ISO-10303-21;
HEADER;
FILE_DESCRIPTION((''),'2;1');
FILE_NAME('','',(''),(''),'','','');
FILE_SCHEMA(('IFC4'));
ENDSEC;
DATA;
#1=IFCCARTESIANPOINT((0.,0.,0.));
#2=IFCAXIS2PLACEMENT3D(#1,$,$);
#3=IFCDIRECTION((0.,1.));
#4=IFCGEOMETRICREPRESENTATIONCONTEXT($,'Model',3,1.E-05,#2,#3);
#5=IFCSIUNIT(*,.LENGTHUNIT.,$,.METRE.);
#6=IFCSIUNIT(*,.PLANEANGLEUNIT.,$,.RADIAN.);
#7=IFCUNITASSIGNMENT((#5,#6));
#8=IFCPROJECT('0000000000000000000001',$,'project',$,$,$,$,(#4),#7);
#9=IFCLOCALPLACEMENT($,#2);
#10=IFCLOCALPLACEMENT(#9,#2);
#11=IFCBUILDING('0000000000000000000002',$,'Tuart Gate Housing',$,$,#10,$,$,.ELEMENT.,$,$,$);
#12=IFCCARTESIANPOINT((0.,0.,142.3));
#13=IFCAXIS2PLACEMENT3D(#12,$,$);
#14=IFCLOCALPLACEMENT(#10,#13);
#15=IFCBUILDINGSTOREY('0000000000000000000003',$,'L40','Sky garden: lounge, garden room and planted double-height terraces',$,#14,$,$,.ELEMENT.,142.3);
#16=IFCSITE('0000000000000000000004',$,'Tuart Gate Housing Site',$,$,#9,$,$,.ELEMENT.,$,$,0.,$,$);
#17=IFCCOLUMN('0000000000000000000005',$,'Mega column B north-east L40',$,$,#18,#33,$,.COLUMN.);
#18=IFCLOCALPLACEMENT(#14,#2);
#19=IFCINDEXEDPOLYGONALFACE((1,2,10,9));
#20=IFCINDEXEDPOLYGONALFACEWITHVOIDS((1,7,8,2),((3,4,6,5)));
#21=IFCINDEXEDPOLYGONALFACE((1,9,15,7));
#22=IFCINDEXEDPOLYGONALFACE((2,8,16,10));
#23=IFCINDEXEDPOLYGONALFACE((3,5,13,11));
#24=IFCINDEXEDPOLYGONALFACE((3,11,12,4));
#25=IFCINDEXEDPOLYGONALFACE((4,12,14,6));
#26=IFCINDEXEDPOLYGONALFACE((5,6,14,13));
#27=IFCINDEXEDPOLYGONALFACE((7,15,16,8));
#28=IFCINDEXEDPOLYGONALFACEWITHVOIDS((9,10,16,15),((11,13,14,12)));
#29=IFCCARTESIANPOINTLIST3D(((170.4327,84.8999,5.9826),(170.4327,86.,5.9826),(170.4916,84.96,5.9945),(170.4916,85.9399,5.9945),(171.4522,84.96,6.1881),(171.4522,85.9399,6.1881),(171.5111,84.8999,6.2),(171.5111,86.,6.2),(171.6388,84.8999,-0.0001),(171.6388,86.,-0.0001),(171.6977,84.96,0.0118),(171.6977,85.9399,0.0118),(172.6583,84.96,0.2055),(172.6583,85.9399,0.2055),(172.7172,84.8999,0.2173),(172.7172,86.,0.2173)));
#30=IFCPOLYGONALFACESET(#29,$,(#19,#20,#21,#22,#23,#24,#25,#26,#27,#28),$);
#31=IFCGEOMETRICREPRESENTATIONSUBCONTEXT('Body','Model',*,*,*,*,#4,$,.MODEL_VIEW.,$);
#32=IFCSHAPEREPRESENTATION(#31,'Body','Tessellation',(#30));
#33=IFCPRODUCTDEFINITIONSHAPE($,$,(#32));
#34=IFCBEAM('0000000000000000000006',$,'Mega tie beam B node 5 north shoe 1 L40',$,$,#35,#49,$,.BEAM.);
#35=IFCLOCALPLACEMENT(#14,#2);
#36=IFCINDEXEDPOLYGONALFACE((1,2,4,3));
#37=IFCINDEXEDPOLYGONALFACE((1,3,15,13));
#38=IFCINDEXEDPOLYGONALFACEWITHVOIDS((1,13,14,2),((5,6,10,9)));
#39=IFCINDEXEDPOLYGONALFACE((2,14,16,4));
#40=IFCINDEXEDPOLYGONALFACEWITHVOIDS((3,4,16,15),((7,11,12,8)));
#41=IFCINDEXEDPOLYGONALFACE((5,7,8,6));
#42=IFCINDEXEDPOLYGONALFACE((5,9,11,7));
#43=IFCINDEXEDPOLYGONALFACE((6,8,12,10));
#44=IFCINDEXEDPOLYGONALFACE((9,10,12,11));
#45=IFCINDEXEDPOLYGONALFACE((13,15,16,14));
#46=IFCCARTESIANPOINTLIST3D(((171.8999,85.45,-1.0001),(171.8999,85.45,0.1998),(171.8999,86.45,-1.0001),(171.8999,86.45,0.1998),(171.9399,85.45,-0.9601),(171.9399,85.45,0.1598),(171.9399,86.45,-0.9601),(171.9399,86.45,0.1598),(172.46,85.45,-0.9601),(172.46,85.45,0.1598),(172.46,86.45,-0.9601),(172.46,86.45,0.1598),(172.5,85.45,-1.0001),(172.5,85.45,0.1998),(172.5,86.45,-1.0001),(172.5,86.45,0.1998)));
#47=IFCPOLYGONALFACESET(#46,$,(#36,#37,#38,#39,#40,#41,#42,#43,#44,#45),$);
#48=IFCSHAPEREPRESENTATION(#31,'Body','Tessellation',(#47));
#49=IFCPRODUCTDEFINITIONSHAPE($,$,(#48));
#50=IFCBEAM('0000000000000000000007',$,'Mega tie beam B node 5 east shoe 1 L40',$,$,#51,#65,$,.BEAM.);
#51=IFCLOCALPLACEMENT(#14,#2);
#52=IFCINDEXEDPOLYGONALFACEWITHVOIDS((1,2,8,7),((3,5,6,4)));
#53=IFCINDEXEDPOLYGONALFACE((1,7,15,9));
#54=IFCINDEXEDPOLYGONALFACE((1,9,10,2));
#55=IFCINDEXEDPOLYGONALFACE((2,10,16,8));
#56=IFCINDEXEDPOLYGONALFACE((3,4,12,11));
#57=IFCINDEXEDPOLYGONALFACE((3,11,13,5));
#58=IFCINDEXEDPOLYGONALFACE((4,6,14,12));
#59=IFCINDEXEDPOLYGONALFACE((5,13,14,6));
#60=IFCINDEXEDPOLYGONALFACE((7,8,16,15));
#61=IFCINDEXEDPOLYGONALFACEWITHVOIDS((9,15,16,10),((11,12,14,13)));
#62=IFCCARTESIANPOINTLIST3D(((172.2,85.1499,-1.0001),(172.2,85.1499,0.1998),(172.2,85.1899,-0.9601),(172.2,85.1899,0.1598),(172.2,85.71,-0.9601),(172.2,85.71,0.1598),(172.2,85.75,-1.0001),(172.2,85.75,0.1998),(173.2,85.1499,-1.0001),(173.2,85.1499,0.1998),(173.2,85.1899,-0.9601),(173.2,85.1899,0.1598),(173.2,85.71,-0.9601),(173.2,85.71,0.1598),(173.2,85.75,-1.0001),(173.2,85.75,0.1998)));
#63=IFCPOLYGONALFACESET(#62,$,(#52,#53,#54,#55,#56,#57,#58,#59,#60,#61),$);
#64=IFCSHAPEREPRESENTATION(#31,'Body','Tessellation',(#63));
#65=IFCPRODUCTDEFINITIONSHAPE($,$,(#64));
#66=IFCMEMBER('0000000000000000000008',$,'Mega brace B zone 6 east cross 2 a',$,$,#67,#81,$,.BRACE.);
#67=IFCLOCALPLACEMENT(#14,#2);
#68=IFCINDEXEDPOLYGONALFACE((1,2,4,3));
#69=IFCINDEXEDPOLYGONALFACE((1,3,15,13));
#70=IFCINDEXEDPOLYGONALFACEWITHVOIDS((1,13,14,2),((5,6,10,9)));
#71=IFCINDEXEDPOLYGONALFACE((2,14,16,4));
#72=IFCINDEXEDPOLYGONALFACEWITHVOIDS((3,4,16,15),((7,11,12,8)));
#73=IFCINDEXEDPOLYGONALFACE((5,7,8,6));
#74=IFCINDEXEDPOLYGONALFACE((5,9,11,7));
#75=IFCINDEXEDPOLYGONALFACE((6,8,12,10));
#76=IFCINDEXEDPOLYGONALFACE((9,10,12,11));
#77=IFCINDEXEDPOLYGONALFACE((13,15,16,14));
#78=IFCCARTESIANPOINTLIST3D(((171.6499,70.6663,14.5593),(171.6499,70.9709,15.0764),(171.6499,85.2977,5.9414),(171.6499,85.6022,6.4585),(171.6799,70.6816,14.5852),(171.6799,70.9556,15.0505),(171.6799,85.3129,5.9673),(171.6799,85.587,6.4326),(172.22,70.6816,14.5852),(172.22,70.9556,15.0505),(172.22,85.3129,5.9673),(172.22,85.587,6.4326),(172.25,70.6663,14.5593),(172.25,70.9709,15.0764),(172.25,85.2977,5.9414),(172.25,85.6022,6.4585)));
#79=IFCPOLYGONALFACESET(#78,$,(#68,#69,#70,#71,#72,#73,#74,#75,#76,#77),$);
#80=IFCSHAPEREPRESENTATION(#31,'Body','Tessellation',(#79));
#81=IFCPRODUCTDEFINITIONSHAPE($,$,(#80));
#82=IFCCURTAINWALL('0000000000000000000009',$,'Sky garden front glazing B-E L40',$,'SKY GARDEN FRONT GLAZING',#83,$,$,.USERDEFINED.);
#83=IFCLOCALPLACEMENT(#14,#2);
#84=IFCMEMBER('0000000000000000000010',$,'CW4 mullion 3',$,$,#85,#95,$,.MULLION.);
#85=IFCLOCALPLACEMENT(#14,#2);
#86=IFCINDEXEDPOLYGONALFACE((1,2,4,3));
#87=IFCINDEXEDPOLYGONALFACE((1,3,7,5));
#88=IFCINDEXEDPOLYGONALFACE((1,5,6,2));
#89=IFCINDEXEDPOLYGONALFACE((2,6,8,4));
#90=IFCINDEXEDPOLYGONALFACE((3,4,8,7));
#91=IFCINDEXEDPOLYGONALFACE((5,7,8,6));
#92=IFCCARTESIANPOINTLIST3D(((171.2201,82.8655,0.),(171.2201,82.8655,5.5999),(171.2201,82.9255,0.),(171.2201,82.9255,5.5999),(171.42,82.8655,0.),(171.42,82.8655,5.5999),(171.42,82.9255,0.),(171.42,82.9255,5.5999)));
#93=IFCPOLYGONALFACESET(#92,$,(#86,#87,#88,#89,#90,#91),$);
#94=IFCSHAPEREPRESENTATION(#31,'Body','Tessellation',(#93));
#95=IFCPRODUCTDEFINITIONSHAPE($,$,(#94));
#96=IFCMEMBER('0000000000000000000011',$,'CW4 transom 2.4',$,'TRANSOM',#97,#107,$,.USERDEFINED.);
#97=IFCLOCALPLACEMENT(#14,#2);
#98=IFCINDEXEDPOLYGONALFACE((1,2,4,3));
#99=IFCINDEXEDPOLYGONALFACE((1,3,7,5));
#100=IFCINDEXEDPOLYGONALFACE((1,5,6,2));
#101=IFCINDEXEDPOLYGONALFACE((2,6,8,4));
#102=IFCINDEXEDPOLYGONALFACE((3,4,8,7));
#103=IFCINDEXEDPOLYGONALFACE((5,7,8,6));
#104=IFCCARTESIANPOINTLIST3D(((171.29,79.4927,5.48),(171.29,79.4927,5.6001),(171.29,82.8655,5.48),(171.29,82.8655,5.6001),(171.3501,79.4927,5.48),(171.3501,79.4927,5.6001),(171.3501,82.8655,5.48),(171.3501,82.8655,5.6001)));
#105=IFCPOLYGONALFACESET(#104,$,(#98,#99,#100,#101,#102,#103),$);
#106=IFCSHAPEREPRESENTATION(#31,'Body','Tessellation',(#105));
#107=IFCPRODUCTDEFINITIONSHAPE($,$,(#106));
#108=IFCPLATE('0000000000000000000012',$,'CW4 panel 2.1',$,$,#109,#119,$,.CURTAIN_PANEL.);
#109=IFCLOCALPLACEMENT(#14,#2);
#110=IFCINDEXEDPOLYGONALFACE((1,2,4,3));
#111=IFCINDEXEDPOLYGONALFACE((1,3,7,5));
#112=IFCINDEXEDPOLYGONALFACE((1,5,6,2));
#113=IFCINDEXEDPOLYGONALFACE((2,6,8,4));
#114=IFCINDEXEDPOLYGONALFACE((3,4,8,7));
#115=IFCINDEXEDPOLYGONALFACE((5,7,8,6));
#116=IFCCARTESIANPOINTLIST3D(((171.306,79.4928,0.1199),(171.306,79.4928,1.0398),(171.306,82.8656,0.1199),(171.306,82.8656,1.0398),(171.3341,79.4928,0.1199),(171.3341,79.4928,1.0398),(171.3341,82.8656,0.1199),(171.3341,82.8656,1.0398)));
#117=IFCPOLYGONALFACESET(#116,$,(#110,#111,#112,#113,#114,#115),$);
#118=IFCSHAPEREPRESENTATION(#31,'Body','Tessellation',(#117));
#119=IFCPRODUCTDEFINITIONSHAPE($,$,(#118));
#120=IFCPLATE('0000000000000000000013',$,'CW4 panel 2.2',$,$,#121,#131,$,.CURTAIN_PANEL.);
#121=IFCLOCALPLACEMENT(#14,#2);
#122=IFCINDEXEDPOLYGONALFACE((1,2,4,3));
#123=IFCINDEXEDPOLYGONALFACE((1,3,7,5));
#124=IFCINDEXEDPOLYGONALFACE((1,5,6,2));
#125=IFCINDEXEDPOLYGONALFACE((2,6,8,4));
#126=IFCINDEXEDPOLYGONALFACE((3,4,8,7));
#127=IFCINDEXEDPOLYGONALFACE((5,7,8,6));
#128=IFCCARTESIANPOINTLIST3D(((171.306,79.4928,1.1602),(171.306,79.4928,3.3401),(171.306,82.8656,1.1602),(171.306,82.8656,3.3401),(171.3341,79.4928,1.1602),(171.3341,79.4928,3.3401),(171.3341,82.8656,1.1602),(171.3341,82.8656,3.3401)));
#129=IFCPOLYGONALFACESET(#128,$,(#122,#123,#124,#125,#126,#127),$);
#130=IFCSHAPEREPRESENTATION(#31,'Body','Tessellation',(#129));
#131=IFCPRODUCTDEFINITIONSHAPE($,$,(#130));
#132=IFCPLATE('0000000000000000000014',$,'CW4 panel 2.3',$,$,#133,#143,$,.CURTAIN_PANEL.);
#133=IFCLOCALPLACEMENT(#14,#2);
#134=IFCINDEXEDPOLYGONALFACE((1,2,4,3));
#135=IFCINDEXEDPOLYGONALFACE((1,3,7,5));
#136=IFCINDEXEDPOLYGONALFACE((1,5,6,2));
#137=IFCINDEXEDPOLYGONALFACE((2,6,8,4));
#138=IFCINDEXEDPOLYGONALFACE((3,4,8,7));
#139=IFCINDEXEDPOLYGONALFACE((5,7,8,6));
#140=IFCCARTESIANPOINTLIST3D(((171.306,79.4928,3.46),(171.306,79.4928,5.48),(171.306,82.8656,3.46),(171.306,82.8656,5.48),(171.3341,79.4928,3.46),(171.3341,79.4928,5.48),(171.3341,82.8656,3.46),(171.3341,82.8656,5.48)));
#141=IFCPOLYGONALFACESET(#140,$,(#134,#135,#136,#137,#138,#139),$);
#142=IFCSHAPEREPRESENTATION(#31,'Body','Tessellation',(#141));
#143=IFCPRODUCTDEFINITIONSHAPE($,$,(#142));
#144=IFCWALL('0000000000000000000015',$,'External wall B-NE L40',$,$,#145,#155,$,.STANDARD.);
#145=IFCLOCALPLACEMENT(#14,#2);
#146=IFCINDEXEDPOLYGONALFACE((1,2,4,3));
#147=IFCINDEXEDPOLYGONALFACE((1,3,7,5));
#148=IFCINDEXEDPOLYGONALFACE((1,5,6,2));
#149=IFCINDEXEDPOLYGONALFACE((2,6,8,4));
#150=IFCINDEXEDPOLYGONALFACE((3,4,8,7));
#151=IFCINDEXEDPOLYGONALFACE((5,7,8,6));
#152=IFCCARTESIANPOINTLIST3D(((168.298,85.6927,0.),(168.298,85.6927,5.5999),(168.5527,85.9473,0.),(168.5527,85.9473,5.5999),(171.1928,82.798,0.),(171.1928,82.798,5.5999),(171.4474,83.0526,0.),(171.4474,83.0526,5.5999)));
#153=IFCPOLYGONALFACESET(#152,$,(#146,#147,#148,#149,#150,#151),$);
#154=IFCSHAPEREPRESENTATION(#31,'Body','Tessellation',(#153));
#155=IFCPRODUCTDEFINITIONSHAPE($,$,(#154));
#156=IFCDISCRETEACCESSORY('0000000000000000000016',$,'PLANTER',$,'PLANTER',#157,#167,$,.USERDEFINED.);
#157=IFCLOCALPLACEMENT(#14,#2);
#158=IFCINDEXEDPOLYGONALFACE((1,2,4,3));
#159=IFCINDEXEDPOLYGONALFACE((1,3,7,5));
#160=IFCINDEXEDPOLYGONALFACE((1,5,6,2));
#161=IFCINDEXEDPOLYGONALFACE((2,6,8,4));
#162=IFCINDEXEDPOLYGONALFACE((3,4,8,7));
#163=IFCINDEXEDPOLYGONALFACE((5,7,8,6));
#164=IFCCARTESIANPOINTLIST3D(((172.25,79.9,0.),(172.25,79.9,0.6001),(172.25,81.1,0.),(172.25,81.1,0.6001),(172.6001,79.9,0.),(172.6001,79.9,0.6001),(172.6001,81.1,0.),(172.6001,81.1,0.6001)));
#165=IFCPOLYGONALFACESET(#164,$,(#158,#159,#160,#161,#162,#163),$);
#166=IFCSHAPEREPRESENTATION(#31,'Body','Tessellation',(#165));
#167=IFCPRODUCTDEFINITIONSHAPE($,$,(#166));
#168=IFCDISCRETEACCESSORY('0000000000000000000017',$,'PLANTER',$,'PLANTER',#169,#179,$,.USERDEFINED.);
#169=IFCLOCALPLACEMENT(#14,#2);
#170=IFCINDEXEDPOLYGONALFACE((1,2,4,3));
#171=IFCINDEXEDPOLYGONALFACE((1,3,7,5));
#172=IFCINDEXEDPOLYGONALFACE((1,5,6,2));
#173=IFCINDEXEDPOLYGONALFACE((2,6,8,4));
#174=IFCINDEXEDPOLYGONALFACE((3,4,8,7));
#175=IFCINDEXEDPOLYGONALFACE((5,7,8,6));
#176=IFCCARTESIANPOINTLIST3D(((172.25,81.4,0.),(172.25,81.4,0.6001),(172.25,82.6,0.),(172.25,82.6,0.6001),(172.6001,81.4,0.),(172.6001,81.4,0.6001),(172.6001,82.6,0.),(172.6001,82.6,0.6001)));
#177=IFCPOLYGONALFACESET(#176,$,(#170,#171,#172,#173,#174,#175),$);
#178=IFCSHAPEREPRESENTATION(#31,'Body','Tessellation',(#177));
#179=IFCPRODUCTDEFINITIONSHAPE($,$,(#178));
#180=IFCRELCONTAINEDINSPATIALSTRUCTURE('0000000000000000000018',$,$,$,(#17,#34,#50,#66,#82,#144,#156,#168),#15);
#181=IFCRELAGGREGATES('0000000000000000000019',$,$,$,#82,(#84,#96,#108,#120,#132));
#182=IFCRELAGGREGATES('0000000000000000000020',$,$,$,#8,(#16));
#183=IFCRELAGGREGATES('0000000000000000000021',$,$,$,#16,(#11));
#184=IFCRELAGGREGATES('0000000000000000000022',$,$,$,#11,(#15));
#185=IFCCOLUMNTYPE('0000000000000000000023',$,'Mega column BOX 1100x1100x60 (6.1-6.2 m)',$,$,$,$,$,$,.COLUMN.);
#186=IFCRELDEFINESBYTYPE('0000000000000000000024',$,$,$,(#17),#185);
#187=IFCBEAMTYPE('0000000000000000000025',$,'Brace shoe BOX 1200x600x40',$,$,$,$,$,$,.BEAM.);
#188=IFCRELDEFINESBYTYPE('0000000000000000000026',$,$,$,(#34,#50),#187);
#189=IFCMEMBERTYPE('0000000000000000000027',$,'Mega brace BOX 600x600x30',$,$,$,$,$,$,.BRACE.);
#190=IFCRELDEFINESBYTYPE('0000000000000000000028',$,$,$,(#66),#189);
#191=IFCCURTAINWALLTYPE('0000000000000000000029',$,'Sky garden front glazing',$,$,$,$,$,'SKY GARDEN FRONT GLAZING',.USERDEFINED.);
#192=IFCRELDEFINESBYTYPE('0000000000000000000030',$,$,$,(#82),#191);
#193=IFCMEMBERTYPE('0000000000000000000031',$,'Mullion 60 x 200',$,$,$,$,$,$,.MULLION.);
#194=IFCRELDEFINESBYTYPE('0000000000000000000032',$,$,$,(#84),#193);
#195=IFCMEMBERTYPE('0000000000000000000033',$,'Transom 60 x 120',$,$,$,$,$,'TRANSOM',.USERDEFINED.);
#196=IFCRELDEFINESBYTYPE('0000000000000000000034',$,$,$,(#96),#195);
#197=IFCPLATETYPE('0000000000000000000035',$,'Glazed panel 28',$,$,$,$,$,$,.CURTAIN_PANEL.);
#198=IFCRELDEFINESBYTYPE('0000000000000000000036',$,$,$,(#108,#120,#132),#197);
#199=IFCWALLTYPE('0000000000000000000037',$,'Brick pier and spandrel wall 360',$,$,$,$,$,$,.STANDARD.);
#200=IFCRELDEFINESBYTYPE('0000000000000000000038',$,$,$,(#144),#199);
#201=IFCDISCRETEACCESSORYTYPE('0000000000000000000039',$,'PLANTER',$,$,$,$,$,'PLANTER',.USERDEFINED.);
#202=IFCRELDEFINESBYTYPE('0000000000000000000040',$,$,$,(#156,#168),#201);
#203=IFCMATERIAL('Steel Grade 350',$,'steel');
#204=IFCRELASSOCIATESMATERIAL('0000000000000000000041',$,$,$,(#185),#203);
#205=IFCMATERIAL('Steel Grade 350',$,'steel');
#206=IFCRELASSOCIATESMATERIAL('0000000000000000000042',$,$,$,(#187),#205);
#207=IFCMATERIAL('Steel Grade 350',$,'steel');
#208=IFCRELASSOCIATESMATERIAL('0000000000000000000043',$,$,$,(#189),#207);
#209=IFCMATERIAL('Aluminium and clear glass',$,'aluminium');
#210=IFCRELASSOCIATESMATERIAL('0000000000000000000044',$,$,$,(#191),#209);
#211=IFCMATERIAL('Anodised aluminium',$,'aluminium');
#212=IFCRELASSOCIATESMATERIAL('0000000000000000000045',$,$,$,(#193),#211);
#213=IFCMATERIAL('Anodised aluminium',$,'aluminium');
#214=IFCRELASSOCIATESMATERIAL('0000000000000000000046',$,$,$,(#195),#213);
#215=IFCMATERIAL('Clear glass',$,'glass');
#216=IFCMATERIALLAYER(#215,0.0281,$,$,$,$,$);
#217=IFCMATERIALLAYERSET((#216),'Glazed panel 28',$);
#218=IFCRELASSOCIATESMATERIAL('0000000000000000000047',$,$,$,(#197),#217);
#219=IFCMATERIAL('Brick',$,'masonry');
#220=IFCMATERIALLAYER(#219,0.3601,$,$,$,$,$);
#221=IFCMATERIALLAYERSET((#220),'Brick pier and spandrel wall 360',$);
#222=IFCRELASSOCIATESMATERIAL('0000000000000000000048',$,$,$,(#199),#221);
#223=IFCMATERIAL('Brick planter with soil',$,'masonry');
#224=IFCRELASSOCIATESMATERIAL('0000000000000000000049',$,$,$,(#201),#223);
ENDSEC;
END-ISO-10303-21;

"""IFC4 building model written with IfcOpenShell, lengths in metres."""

from ifc_helpers import new_model, si_unit, direction, frame, frame_2d, origin, origin_2d, place, context, subcontext, project, spatial, rectangle, hollow_rectangle, extrude, material, layer, layer_set, material_profile, profile_set, type_object, element, aggregate, save


model = new_model("IFC4")

# Units and contexts
model_context = context("Model", 3, precision=1e-05, world=origin(), true_north=direction((0.0, 1.0)))
body_context = subcontext(model_context, "Body", "Model", "MODEL_VIEW")
ifc_project = project(units=[si_unit("LENGTHUNIT", "METRE"), si_unit("PLANEANGLEUNIT", "RADIAN")], contexts=[model_context])

# Site, building, storey
site_placement = place(None, origin())
site = spatial("IfcSite", under=ifc_project, at=site_placement, Name="Tuart Gate Housing Site", CompositionType="ELEMENT", RefElevation=0.0)
building_placement = place(site_placement, origin())
building = spatial("IfcBuilding", under=site, at=building_placement, Name="Tuart Gate Housing", CompositionType="ELEMENT")
storey_placement = place(building_placement, frame((0.0, 0.0, 142.3)))
storey = spatial("IfcBuildingStorey", under=building, at=storey_placement, Name="L40", Description="Sky garden: lounge, garden room and planted double-height terraces", CompositionType="ELEMENT", Elevation=142.3)

# Column
ifc_material_1 = material(Name="Steel Grade 350", Category="steel")
ifc_material_profile_1 = material_profile(ifc_material_1, hollow_rectangle(XDim=1.1001, YDim=1.1001, WallThickness=0.0601, at=origin_2d()), Name="BOX 1100x1100x60")
ifc_profile_set_1 = profile_set([ifc_material_profile_1], Name="Steel Grade 350")
column_type = type_object("IfcColumnType", Name="Mega column BOX 1100x1100x60 (6.1-6.2 m)", PredefinedType="COLUMN", material=ifc_profile_set_1)
column_placement = place(storey_placement, frame((172.178, 85.45, 0.1086), z_axis=(-0.197616, 0.0, 0.98028), x_axis=(0.0, -1.0, 0.0)))
element("IfcColumn", 1, at=column_placement, inside=storey, type_object=column_type, Name="Mega column B north-east L40", PredefinedType="COLUMN", context=body_context, shape_type="SweptSolid", body=[
    extrude(hollow_rectangle(XDim=1.1001, YDim=1.1001, WallThickness=0.0601, at=origin_2d()), origin(), (0.0, 0.0, 1.0), 6.103),
])

# Beams
ifc_material_2 = material(Name="Steel Grade 350", Category="steel")
ifc_material_profile_2 = material_profile(ifc_material_2, hollow_rectangle(XDim=0.6001, YDim=1.2, WallThickness=0.04, at=origin_2d()), Name="BOX 1200x600x40")
ifc_profile_set_2 = profile_set([ifc_material_profile_2], Name="Steel Grade 350")
beam_type = type_object("IfcBeamType", Name="Brace shoe BOX 1200x600x40", PredefinedType="BEAM", material=ifc_profile_set_2)
for number, where, z_axis, x_axis, name in (
    (2, (172.2, 85.45, -0.4001), (0.0, 1.0, 0.0), (-1.0, 0.0, 0.0), "Mega tie beam B node 5 north shoe 1 L40"),
    (3, (172.2, 85.45, -0.4001), (1.0, 0.0, 0.0), (0.0, 1.0, 0.0), "Mega tie beam B node 5 east shoe 1 L40"),
):
    element("IfcBeam", number, at=place(storey_placement, frame(where, z_axis=z_axis, x_axis=x_axis)), inside=storey, type_object=beam_type, Name=name, PredefinedType="BEAM", context=body_context, shape_type="SweptSolid", body=[
        extrude(hollow_rectangle(XDim=0.6001, YDim=1.2, WallThickness=0.04, at=origin_2d()), origin(), (0.0, 0.0, 1.0), 1.0),
    ])

# Member
ifc_material_3 = material(Name="Steel Grade 350", Category="steel")
ifc_material_profile_3 = material_profile(ifc_material_3, hollow_rectangle(XDim=0.6001, YDim=0.6001, WallThickness=0.03, at=origin_2d()), Name="BOX 600x600x30")
ifc_profile_set_3 = profile_set([ifc_material_profile_3], Name="Steel Grade 350")
member_type_1 = type_object("IfcMemberType", Name="Mega brace BOX 600x600x30", PredefinedType="BRACE", material=ifc_profile_set_3)
member_1_placement = place(storey_placement, frame((171.95, 85.45, 6.2), z_axis=(0.0, -0.861645, 0.507512), x_axis=(1.0, 0.0, 0.0)))
element("IfcMember", 4, at=member_1_placement, inside=storey, type_object=member_type_1, Name="Mega brace B zone 6 east cross 2 a", PredefinedType="BRACE", context=body_context, shape_type="SweptSolid", body=[
    extrude(hollow_rectangle(XDim=0.6001, YDim=0.6001, WallThickness=0.03, at=origin_2d()), origin(), (0.0, 0.0, 1.0), 16.9807),
])

# Curtain wall, members, plates
ifc_material_4 = material(Name="Aluminium and clear glass", Category="aluminium")
curtain_wall_type = type_object("IfcCurtainWallType", Name="Sky garden front glazing", ElementType="SKY GARDEN FRONT GLAZING", PredefinedType="USERDEFINED", material=ifc_material_4)
curtain_wall_placement = place(storey_placement, origin())
curtain_wall = element("IfcCurtainWall", 5, at=curtain_wall_placement, inside=storey, type_object=curtain_wall_type, Name="Sky garden front glazing B-E L40", ObjectType="SKY GARDEN FRONT GLAZING", PredefinedType="USERDEFINED")
ifc_material_5 = material(Name="Anodised aluminium", Category="aluminium")
ifc_material_profile_4 = material_profile(ifc_material_5, rectangle(XDim=0.0601, YDim=0.2, at=origin_2d()), Name="60x200")
ifc_profile_set_4 = profile_set([ifc_material_profile_4], Name="Anodised aluminium")
member_type_2 = type_object("IfcMemberType", Name="Mullion 60 x 200", PredefinedType="MULLION", material=ifc_profile_set_4)
member_2_placement = place(storey_placement, frame((171.3201, 82.8955, 0.0), z_axis=(0.0, 0.0, 1.0), x_axis=(0.0, 1.0, 0.0)))
member_2 = element("IfcMember", 6, at=member_2_placement, type_object=member_type_2, Name="CW4 mullion 3", PredefinedType="MULLION", context=body_context, shape_type="SweptSolid", body=[
    extrude(rectangle(XDim=0.0601, YDim=0.2, at=origin_2d()), origin(), (0.0, 0.0, 1.0), 5.5999),
])
ifc_material_6 = material(Name="Anodised aluminium", Category="aluminium")
ifc_material_profile_5 = material_profile(ifc_material_6, rectangle(XDim=0.0601, YDim=0.1201, at=origin_2d()), Name="60x120")
ifc_profile_set_5 = profile_set([ifc_material_profile_5], Name="Anodised aluminium")
member_type_3 = type_object("IfcMemberType", Name="Transom 60 x 120", ElementType="TRANSOM", PredefinedType="USERDEFINED", material=ifc_profile_set_5)
member_3_placement = place(storey_placement, frame((171.3201, 79.4927, 5.54), z_axis=(0.0, 1.0, 0.0), x_axis=(-1.0, 0.0, 0.0)))
member_3 = element("IfcMember", 7, at=member_3_placement, type_object=member_type_3, Name="CW4 transom 2.4", ObjectType="TRANSOM", PredefinedType="USERDEFINED", context=body_context, shape_type="SweptSolid", body=[
    extrude(rectangle(XDim=0.0601, YDim=0.1201, at=origin_2d()), origin(), (0.0, 0.0, 1.0), 3.3728),
])
ifc_material_7 = material(Name="Clear glass", Category="glass")
ifc_layer_1 = layer(ifc_material_7, 0.0281)
ifc_layer_set_1 = layer_set([ifc_layer_1], Name="Glazed panel 28")
plate_type = type_object("IfcPlateType", Name="Glazed panel 28", PredefinedType="CURTAIN_PANEL", material=ifc_layer_set_1)
plate_1_placement = place(storey_placement, frame((171.3201, 81.1792, 0.1199), z_axis=(0.0, 0.0, 1.0), x_axis=(0.0, 1.0, 0.0)))
plate_1 = element("IfcPlate", 8, at=plate_1_placement, type_object=plate_type, Name="CW4 panel 2.1", PredefinedType="CURTAIN_PANEL", context=body_context, shape_type="SweptSolid", body=[
    extrude(rectangle(XDim=3.3728, YDim=0.0281, at=origin_2d()), origin(), (0.0, 0.0, 1.0), 0.9199),
])
plate_2_placement = place(storey_placement, frame((171.3201, 81.1792, 1.1602), z_axis=(0.0, 0.0, 1.0), x_axis=(0.0, 1.0, 0.0)))
plate_2 = element("IfcPlate", 9, at=plate_2_placement, type_object=plate_type, Name="CW4 panel 2.2", PredefinedType="CURTAIN_PANEL", context=body_context, shape_type="SweptSolid", body=[
    extrude(rectangle(XDim=3.3728, YDim=0.0281, at=origin_2d()), origin(), (0.0, 0.0, 1.0), 2.1799),
])
plate_3_placement = place(storey_placement, frame((171.3201, 81.1792, 3.46), z_axis=(0.0, 0.0, 1.0), x_axis=(0.0, 1.0, 0.0)))
plate_3 = element("IfcPlate", 10, at=plate_3_placement, type_object=plate_type, Name="CW4 panel 2.3", PredefinedType="CURTAIN_PANEL", context=body_context, shape_type="SweptSolid", body=[
    extrude(rectangle(XDim=3.3728, YDim=0.0281, at=origin_2d()), origin(), (0.0, 0.0, 1.0), 2.02),
])
aggregate(curtain_wall, [member_2, member_3, plate_1, plate_2, plate_3])

# Wall
ifc_material_8 = material(Name="Brick", Category="masonry")
ifc_layer_2 = layer(ifc_material_8, 0.3601)
ifc_layer_set_2 = layer_set([ifc_layer_2], Name="Brick pier and spandrel wall 360")
wall_type = type_object("IfcWallType", Name="Brick pier and spandrel wall 360", PredefinedType="STANDARD", material=ifc_layer_set_2)
wall_placement = place(storey_placement, frame((171.3201, 82.9253, 0.0), z_axis=(0.0, 0.0, 1.0), x_axis=(-0.707107, 0.707107, 0.0)))
element("IfcWall", 11, at=wall_placement, inside=storey, type_object=wall_type, Name="External wall B-NE L40", PredefinedType="STANDARD", context=body_context, shape_type="SweptSolid", body=[
    extrude(rectangle(XDim=4.0938, YDim=0.3601, at=frame_2d((2.0469, 0.0))), origin(), (0.0, 0.0, 1.0), 5.5999),
])

# Discrete accessories
ifc_material_9 = material(Name="Brick planter with soil", Category="masonry")
discrete_accessory_type = type_object("IfcDiscreteAccessoryType", Name="PLANTER", ElementType="PLANTER", PredefinedType="USERDEFINED", material=ifc_material_9)
for number, where, z_axis, x_axis, name in (
    (12, (172.425, 80.5, 0.0), (0.0, 0.0, 1.0), (1.0, 0.0, 0.0), "PLANTER"),
    (13, (172.425, 82.0, 0.0), (0.0, 0.0, 1.0), (1.0, 0.0, 0.0), "PLANTER"),
):
    element("IfcDiscreteAccessory", number, at=place(storey_placement, frame(where, z_axis=z_axis, x_axis=x_axis)), inside=storey, type_object=discrete_accessory_type, Name=name, ObjectType="PLANTER", PredefinedType="USERDEFINED", context=body_context, shape_type="SweptSolid", body=[
        extrude(rectangle(XDim=0.3501, YDim=1.2, at=origin_2d()), origin(), (0.0, 0.0, 1.0), 0.6001),
    ])

save(model, "model.ifc")
